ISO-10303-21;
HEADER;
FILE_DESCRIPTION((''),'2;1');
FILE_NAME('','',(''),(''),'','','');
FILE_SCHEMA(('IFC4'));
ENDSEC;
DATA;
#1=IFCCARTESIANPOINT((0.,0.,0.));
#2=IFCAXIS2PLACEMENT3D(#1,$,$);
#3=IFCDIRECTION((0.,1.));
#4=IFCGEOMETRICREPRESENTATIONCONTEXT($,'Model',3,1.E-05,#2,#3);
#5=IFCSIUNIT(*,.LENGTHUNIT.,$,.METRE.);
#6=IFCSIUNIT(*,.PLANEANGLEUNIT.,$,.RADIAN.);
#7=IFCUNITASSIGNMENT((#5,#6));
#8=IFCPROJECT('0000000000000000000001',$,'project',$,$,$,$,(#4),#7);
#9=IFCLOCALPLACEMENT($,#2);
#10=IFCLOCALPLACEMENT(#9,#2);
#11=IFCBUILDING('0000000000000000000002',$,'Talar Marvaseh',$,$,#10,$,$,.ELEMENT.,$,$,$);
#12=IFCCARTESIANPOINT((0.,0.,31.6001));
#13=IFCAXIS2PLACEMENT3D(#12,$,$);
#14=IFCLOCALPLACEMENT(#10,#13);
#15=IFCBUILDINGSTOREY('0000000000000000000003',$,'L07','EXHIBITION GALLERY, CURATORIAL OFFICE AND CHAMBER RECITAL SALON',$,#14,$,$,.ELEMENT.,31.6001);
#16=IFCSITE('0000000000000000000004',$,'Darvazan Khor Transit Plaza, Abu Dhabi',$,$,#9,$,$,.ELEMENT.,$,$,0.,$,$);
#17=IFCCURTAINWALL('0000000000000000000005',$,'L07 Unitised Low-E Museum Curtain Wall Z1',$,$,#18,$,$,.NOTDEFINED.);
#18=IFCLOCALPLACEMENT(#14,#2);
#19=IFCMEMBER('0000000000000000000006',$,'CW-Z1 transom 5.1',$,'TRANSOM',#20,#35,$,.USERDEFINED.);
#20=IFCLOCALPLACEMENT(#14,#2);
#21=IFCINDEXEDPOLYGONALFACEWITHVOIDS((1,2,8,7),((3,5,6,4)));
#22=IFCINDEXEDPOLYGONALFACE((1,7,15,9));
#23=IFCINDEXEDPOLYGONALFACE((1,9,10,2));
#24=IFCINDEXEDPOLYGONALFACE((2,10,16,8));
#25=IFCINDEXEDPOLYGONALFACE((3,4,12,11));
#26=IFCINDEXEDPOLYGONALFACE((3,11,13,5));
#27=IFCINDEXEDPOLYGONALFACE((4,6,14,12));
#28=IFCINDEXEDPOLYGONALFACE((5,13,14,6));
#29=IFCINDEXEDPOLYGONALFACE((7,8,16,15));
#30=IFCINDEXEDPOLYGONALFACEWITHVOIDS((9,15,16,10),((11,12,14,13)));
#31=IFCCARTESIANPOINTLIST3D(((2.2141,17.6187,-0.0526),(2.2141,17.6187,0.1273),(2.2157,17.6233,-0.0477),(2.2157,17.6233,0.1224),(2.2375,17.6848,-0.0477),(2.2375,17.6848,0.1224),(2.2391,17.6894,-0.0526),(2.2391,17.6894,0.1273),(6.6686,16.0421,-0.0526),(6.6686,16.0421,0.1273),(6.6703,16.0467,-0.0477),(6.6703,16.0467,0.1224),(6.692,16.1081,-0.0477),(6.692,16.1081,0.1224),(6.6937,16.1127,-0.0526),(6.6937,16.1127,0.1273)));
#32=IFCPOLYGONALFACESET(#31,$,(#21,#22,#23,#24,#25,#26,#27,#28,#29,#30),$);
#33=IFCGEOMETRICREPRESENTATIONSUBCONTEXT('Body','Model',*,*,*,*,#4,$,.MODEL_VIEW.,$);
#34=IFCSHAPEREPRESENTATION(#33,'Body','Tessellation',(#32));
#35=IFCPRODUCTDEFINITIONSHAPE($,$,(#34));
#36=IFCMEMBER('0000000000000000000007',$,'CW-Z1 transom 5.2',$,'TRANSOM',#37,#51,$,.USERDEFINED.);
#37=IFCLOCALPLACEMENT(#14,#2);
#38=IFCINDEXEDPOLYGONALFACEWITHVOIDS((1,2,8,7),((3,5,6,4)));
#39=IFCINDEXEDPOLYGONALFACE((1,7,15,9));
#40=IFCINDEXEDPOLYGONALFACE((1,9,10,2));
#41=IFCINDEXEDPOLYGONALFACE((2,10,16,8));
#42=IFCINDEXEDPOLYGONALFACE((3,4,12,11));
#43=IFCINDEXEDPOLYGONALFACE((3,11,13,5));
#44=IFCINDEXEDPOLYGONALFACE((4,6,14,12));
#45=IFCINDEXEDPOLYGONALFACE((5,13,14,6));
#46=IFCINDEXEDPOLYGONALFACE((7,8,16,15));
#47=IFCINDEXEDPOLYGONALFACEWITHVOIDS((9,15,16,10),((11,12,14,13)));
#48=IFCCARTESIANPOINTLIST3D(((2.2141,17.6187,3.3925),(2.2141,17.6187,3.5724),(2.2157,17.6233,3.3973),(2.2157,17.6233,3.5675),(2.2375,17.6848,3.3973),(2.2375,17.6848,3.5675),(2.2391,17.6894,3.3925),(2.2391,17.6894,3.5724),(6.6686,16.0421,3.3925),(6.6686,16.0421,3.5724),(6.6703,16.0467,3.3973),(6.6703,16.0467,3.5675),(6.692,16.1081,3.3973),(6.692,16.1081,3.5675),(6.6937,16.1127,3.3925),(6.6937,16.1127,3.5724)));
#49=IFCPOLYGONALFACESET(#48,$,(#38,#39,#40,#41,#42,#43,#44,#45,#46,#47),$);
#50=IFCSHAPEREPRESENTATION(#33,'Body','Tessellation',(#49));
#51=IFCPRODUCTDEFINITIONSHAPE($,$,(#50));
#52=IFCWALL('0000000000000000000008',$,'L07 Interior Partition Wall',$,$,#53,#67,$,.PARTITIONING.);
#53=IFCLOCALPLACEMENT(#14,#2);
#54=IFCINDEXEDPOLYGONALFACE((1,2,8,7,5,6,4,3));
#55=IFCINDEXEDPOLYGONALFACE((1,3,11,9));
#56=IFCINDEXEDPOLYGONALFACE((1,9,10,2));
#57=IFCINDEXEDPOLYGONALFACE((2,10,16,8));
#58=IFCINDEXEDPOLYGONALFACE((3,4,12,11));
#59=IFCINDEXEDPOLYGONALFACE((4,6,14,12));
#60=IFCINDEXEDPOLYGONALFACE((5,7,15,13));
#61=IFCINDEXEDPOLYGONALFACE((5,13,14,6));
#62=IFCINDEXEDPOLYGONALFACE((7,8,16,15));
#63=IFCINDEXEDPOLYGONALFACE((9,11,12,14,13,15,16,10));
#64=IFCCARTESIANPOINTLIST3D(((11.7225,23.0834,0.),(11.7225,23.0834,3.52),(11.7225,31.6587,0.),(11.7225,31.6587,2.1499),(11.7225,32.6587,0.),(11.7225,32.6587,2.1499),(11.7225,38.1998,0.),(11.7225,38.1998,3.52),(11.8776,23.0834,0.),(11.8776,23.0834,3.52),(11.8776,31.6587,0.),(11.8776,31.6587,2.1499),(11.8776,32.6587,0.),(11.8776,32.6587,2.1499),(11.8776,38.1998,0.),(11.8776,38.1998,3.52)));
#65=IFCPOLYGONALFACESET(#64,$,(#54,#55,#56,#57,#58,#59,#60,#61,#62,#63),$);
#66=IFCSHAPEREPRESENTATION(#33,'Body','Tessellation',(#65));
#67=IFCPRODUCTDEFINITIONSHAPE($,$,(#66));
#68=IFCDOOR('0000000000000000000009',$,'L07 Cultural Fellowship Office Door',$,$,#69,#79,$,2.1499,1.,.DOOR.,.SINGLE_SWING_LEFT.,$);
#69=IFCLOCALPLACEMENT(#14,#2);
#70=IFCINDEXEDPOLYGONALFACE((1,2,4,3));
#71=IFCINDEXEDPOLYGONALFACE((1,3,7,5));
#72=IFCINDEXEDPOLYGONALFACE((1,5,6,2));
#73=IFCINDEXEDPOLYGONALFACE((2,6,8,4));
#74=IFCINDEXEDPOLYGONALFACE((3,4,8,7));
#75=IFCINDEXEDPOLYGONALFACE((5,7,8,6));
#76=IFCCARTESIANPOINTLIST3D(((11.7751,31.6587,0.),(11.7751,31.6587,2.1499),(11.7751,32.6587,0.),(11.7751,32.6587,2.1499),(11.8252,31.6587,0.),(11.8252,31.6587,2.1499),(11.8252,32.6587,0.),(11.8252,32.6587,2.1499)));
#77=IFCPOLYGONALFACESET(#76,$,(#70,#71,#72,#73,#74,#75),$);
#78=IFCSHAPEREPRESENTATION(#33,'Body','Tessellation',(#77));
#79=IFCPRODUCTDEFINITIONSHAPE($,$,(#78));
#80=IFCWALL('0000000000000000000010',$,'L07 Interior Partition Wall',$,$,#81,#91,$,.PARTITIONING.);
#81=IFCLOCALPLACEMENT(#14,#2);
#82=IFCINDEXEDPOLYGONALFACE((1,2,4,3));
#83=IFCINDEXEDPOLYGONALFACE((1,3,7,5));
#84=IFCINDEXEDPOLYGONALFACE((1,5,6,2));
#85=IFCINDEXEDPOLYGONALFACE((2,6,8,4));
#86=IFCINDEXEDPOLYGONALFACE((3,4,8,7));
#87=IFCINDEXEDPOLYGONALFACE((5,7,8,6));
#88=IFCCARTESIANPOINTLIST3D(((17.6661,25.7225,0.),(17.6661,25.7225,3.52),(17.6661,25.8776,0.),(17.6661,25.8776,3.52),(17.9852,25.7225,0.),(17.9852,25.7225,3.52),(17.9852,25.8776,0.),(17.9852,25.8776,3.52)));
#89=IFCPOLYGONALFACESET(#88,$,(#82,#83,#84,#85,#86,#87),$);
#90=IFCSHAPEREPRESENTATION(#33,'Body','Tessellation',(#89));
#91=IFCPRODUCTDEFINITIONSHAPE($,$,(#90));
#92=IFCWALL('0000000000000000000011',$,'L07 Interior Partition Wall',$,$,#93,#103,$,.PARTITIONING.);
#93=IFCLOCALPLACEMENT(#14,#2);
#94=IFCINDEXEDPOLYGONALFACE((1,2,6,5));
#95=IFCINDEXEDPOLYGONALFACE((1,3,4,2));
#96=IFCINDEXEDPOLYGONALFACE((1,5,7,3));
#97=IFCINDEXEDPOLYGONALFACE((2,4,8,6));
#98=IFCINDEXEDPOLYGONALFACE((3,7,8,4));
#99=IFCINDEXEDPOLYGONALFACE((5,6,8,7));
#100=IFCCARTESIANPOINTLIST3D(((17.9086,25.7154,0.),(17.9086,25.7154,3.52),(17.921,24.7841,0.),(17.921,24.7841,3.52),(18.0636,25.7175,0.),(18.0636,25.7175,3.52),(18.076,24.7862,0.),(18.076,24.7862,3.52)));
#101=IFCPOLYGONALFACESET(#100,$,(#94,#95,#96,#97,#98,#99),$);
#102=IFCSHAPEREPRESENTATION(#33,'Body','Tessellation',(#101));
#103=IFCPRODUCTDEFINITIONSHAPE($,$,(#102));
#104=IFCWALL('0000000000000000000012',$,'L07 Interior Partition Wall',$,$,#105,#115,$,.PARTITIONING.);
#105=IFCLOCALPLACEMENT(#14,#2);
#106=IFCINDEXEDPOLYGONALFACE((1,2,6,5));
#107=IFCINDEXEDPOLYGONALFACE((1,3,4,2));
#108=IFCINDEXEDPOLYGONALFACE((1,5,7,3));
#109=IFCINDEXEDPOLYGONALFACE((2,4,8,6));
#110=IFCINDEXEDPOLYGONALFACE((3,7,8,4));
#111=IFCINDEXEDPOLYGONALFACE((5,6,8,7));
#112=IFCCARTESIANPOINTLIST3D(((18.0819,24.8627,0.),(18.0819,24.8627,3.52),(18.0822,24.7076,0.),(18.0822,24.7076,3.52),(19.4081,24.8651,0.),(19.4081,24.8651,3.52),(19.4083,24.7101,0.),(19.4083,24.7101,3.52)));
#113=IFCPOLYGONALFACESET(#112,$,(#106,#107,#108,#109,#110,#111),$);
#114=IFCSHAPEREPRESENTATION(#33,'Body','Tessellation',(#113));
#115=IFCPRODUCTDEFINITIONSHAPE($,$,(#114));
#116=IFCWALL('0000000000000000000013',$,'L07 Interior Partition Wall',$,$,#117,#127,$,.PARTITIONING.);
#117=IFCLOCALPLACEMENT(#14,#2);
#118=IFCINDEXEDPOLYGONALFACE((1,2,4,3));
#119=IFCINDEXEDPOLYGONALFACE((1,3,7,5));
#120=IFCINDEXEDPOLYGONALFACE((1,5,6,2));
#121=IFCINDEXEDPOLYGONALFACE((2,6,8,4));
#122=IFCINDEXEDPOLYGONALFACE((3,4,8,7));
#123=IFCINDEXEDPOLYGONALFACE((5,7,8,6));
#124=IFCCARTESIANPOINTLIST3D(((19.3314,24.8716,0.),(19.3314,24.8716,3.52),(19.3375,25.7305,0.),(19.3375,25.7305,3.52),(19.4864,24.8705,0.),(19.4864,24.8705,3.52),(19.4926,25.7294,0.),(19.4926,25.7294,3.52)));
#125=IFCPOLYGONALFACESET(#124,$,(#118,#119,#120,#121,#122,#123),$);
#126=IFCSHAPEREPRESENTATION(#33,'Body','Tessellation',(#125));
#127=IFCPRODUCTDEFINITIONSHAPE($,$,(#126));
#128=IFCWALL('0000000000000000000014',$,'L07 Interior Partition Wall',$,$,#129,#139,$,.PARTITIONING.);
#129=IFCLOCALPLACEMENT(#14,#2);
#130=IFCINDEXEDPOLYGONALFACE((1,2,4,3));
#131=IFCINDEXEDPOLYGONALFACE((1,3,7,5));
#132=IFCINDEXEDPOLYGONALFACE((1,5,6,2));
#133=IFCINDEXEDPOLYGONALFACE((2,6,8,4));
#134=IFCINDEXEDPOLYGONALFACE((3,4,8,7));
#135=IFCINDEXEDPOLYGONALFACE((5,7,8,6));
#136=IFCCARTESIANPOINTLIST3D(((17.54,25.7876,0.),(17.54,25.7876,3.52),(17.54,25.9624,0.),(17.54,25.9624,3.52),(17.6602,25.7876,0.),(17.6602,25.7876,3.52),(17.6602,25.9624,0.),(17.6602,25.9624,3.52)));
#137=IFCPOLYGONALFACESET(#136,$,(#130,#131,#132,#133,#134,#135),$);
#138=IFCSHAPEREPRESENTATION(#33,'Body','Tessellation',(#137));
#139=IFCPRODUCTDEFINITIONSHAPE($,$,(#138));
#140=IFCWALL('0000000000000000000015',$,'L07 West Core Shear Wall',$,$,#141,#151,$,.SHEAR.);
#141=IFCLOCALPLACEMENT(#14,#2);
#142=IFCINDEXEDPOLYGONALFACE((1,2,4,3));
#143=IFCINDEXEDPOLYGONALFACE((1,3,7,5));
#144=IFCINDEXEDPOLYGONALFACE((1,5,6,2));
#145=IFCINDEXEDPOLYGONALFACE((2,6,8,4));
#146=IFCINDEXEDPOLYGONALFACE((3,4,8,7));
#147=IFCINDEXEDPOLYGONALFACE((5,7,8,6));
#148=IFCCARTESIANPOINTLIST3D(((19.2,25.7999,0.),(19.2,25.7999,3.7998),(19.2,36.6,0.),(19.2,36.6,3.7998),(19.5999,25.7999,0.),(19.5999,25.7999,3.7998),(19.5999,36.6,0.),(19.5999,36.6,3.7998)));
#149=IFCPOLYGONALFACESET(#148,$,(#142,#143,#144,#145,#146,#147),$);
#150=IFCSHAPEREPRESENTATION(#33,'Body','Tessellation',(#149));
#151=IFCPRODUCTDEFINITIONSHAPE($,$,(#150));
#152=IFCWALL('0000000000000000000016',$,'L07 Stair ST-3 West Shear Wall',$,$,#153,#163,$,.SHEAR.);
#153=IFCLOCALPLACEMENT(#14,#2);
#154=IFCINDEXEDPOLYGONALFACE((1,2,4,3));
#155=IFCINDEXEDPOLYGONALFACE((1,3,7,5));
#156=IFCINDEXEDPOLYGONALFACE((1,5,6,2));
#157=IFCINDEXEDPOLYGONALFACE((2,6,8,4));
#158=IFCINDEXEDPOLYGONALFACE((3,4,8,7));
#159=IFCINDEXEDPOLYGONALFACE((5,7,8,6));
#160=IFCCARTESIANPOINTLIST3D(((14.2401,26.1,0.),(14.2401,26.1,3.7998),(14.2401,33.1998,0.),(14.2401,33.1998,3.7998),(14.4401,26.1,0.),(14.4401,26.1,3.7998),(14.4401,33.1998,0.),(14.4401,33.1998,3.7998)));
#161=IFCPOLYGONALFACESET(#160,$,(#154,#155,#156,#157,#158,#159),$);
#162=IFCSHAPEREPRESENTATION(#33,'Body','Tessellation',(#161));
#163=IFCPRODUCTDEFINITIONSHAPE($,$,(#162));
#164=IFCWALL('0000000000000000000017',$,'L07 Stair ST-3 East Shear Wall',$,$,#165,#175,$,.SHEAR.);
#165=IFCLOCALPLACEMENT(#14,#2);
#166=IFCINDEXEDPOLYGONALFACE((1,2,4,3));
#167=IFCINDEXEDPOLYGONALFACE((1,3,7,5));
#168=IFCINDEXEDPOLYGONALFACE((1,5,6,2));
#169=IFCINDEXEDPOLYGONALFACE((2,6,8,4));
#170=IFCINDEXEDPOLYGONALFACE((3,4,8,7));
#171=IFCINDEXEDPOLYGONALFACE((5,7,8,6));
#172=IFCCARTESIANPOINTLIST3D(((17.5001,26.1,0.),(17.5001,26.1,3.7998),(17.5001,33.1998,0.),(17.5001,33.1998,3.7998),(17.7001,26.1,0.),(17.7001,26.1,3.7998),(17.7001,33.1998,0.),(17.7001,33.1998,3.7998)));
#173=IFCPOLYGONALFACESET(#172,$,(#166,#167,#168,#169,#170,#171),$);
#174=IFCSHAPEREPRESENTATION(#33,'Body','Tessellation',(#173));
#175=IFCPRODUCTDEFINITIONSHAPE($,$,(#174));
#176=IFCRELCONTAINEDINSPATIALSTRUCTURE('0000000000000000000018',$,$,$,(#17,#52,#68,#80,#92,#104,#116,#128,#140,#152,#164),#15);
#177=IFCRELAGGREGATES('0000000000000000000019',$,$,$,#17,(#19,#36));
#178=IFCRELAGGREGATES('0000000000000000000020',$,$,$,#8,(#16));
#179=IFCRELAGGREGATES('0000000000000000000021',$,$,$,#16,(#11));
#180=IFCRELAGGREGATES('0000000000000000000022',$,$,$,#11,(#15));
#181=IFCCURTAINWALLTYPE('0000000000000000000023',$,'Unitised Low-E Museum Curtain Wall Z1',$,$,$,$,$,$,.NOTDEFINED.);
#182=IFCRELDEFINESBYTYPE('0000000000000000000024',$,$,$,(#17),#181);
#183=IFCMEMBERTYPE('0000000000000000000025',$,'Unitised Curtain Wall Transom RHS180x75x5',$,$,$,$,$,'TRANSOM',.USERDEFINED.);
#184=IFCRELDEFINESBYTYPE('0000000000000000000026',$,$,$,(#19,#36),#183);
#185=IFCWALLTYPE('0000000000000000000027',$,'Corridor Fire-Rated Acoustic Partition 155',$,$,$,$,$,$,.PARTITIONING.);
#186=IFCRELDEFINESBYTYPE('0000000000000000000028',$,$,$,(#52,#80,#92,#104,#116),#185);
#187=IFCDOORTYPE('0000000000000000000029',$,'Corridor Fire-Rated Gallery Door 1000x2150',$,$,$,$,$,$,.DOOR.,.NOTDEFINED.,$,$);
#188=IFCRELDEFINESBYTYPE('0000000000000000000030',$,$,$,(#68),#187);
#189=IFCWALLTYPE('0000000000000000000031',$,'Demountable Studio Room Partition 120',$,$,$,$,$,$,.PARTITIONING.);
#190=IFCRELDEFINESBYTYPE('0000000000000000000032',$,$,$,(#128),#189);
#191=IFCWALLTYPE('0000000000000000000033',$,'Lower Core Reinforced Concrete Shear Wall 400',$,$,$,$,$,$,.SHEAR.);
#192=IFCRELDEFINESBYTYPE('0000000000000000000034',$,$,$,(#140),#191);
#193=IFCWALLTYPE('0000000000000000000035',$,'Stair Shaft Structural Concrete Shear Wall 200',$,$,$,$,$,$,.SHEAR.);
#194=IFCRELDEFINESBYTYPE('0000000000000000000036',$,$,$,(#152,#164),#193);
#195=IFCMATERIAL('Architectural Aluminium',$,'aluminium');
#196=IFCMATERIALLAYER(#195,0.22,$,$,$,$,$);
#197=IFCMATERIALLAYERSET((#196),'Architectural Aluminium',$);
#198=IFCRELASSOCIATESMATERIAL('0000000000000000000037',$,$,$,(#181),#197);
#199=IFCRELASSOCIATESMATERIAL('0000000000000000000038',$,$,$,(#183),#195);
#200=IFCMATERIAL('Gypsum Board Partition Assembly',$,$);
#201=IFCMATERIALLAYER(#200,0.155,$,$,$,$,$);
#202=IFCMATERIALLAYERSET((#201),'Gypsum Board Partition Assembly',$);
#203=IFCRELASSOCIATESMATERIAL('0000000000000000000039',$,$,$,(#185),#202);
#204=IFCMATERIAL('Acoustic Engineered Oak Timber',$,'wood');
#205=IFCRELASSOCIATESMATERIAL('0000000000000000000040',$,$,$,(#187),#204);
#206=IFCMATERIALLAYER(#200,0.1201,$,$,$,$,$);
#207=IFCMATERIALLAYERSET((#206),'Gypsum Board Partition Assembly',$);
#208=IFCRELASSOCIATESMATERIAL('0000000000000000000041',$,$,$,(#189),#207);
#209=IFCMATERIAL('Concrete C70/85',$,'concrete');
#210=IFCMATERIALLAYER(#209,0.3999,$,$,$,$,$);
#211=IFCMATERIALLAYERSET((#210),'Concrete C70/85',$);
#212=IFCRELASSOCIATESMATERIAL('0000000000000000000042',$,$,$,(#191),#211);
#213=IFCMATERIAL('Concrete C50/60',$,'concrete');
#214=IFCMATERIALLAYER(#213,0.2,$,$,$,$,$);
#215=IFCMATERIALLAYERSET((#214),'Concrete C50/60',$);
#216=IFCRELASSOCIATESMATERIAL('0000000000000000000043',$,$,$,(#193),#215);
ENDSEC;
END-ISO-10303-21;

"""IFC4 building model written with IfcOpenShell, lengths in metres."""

from ifc_helpers import new_model, si_unit, direction, frame, frame_2d, origin, origin_2d, place, context, subcontext, project, spatial, rectangle, hollow_rectangle, extrude, source, transform, mapped, material, layer, layer_set, material_profile, profile_set, type_object, type_shapes, element, fill, aggregate, save


model = new_model("IFC4")

# Units and contexts
model_context = context("Model", 3, precision=1e-05, world=origin(), true_north=direction((0.0, 1.0)))
body_context = subcontext(model_context, "Body", "Model", "MODEL_VIEW")
ifc_project = project(units=[si_unit("LENGTHUNIT", "METRE"), si_unit("PLANEANGLEUNIT", "RADIAN")], contexts=[model_context])

# Site, building, storey
site_placement = place(None, origin())
site = spatial("IfcSite", under=ifc_project, at=site_placement, Name="Darvazan Khor Transit Plaza, Abu Dhabi", CompositionType="ELEMENT", RefElevation=0.0)
building_placement = place(site_placement, origin())
building = spatial("IfcBuilding", under=site, at=building_placement, Name="Talar Marvaseh", CompositionType="ELEMENT")
storey_placement = place(building_placement, frame((0.0, 0.0, 31.6001)))
storey = spatial("IfcBuildingStorey", under=building, at=storey_placement, Name="L07", Description="EXHIBITION GALLERY, CURATORIAL OFFICE AND CHAMBER RECITAL SALON", CompositionType="ELEMENT", Elevation=31.6001)

# Shared definitions
ifc_material_1 = material(Name="Concrete C70/85", Category="concrete")

# Curtain wall, members
ifc_material_2 = material(Name="Architectural Aluminium", Category="aluminium")
ifc_layer_1 = layer(ifc_material_2, 0.22)
ifc_layer_set_1 = layer_set([ifc_layer_1], Name="Architectural Aluminium")
curtain_wall_type = type_object("IfcCurtainWallType", Name="Unitised Low-E Museum Curtain Wall Z1", PredefinedType="NOTDEFINED", material=ifc_layer_set_1)
curtain_wall_placement = place(storey_placement, origin())
curtain_wall = element("IfcCurtainWall", 1, at=curtain_wall_placement, inside=storey, type_object=curtain_wall_type, Name="L07 Unitised Low-E Museum Curtain Wall Z1", PredefinedType="NOTDEFINED")
ifc_material_profile_1 = material_profile(ifc_material_2, hollow_rectangle(XDim=0.075, YDim=0.1799, WallThickness=0.0049, at=origin_2d()), Name="RHS180x75x5")
ifc_profile_set_1 = profile_set([ifc_material_profile_1], Name="Architectural Aluminium")
member_type_1 = type_object("IfcMemberType", Name="Unitised Curtain Wall Transom RHS180x75x5", ElementType="TRANSOM", PredefinedType="USERDEFINED", material=ifc_profile_set_1)
shared_shape_1 = source(origin(), body_context, "Body", "SweptSolid", [
    extrude(hollow_rectangle(XDim=0.075, YDim=0.1799, WallThickness=0.0049, at=origin_2d()), origin(), (0.0, 0.0, 1.0), 4.7253),
])
type_shapes(member_type_1, [shared_shape_1])
member_1_placement = place(storey_placement, frame((6.6812, 16.0774, 0.0374), z_axis=(-0.942694, 0.333658, 0.0), x_axis=(-0.333658, -0.942694, 0.0)))
member_1 = element("IfcMember", 2, at=member_1_placement, type_object=member_type_1, Name="CW-Z1 transom 5.1", ObjectType="TRANSOM", PredefinedType="USERDEFINED", context=body_context, shape_type="MappedRepresentation", body=[
    mapped(shared_shape_1, transform((0.0, 0.0, 0.0), x_axis=(1.0, 0.0, 0.0), y_axis=(0.0, 1.0, 0.0), z_axis=(0.0, 0.0, 1.0), scale=1.0)),
])
member_2_placement = place(storey_placement, frame((6.6812, 16.0774, 3.4824), z_axis=(-0.942694, 0.333658, 0.0), x_axis=(-0.333658, -0.942694, 0.0)))
member_2 = element("IfcMember", 3, at=member_2_placement, type_object=member_type_1, Name="CW-Z1 transom 5.2", ObjectType="TRANSOM", PredefinedType="USERDEFINED", context=body_context, shape_type="MappedRepresentation", body=[
    mapped(shared_shape_1, transform((0.0, 0.0, 0.0), x_axis=(1.0, 0.0, 0.0), y_axis=(0.0, 1.0, 0.0), z_axis=(0.0, 0.0, 1.0), scale=1.0)),
])
aggregate(curtain_wall, [member_1, member_2])

# Wall, opening, door
ifc_material_3 = material(Name="Gypsum Board Partition Assembly")
ifc_layer_2 = layer(ifc_material_3, 0.155)
ifc_layer_set_2 = layer_set([ifc_layer_2], Name="Gypsum Board Partition Assembly")
wall_type_1 = type_object("IfcWallType", Name="Corridor Fire-Rated Acoustic Partition 155", PredefinedType="PARTITIONING", material=ifc_layer_set_2)
wall_1_placement = place(storey_placement, frame((11.8, 23.0835, 0.0), z_axis=(0.0, 0.0, 1.0), x_axis=(0.0, 1.0, 0.0)))
wall_1 = element("IfcWall", 4, at=wall_1_placement, inside=storey, type_object=wall_type_1, Name="L07 Interior Partition Wall", PredefinedType="PARTITIONING", context=body_context, shape_type="SweptSolid", body=[
    extrude(rectangle(XDim=15.1165, YDim=0.155, at=frame_2d((7.5581, 0.0))), origin(), (0.0, 0.0, 1.0), 3.52),
])
opening_1_placement = place(wall_1_placement, frame((8.5752, 0.0, 0.0)))
opening_1 = element("IfcOpeningElement", 5, at=opening_1_placement, cuts=wall_1, PredefinedType="OPENING", context=body_context, shape_type="SweptSolid", body=[
    extrude(rectangle(XDim=1.0, YDim=2.1499, at=frame_2d((0.5, 1.075))), frame((0.0, 0.0874, 0.0), z_axis=(0.0, -1.0, 0.0), x_axis=(1.0, 0.0, 0.0)), (0.0, 0.0, 1.0), 0.175),
])
ifc_material_4 = material(Name="Acoustic Engineered Oak Timber", Category="wood")
door_type_1 = type_object("IfcDoorType", Name="Corridor Fire-Rated Gallery Door 1000x2150", OperationType="NOTDEFINED", PredefinedType="DOOR", material=ifc_material_4)
shared_shape_2 = source(origin(), body_context, "Body", "SweptSolid", [
    extrude(rectangle(XDim=1.0, YDim=2.1499, at=frame_2d((0.5, 1.075))), frame((0.0, 0.0249, 0.0), z_axis=(0.0, -1.0, 0.0), x_axis=(1.0, 0.0, 0.0)), (0.0, 0.0, 1.0), 0.05),
])
type_shapes(door_type_1, [shared_shape_2])
door_1_placement = place(opening_1_placement, origin())
door_1 = element("IfcDoor", 6, at=door_1_placement, inside=storey, type_object=door_type_1, Name="L07 Cultural Fellowship Office Door", OperationType="SINGLE_SWING_LEFT", OverallHeight=2.1499, OverallWidth=1.0, PredefinedType="DOOR", context=body_context, shape_type="MappedRepresentation", body=[
    mapped(shared_shape_2, transform((0.0, 0.0, 0.0), x_axis=(1.0, 0.0, 0.0), y_axis=(0.0, 1.0, 0.0), z_axis=(0.0, 0.0, 1.0), scale=1.0)),
])
fill(opening_1, door_1)

# Walls
wall_2_placement = place(storey_placement, frame((17.666, 25.8, 0.0), z_axis=(0.0, 0.0, 1.0), x_axis=(1.0, 0.0, 0.0)))
element("IfcWall", 7, at=wall_2_placement, inside=storey, type_object=wall_type_1, Name="L07 Interior Partition Wall", PredefinedType="PARTITIONING", context=body_context, shape_type="SweptSolid", body=[
    extrude(rectangle(XDim=0.3191, YDim=0.155, at=frame_2d((0.1597, 0.0))), origin(), (0.0, 0.0, 1.0), 3.52),
])
wall_3_placement = place(storey_placement, frame((17.9861, 25.7166, 0.0), z_axis=(0.0, 0.0, 1.0), x_axis=(0.013367, -0.999911, 0.0)))
element("IfcWall", 8, at=wall_3_placement, inside=storey, type_object=wall_type_1, Name="L07 Interior Partition Wall", PredefinedType="PARTITIONING", context=body_context, shape_type="SweptSolid", body=[
    extrude(rectangle(XDim=0.9314, YDim=0.155, at=frame_2d((0.4658, 0.0))), origin(), (0.0, 0.0, 1.0), 3.52),
])
wall_4_placement = place(storey_placement, frame((18.082, 24.7852, 0.0), z_axis=(0.0, 0.0, 1.0), x_axis=(0.999998, 0.001841, 0.0)))
element("IfcWall", 9, at=wall_4_placement, inside=storey, type_object=wall_type_1, Name="L07 Interior Partition Wall", PredefinedType="PARTITIONING", context=body_context, shape_type="SweptSolid", body=[
    extrude(rectangle(XDim=1.3262, YDim=0.155, at=frame_2d((0.6631, 0.0))), origin(), (0.0, 0.0, 1.0), 3.52),
])
wall_5_placement = place(storey_placement, frame((19.4089, 24.8711, 0.0), z_axis=(0.0, 0.0, 1.0), x_axis=(0.007106, 0.999975, 0.0)))
element("IfcWall", 10, at=wall_5_placement, inside=storey, type_object=wall_type_1, Name="L07 Interior Partition Wall", PredefinedType="PARTITIONING", context=body_context, shape_type="SweptSolid", body=[
    extrude(rectangle(XDim=0.8589, YDim=0.155, at=frame_2d((0.4294, 0.0))), origin(), (0.0, 0.0, 1.0), 3.52),
])
ifc_layer_3 = layer(ifc_material_3, 0.1201)
ifc_layer_set_3 = layer_set([ifc_layer_3], Name="Gypsum Board Partition Assembly")
wall_type_2 = type_object("IfcWallType", Name="Demountable Studio Room Partition 120", PredefinedType="PARTITIONING", material=ifc_layer_set_3)
wall_6_placement = place(storey_placement, frame((17.6001, 25.9624, 0.0), z_axis=(0.0, 0.0, 1.0), x_axis=(0.0, -1.0, 0.0)))
element("IfcWall", 11, at=wall_6_placement, inside=storey, type_object=wall_type_2, Name="L07 Interior Partition Wall", PredefinedType="PARTITIONING", context=body_context, shape_type="SweptSolid", body=[
    extrude(rectangle(XDim=0.1748, YDim=0.1201, at=frame_2d((0.0874, 0.0))), origin(), (0.0, 0.0, 1.0), 3.52),
])
ifc_layer_4 = layer(ifc_material_1, 0.3999)
ifc_layer_set_4 = layer_set([ifc_layer_4], Name="Concrete C70/85")
wall_type_3 = type_object("IfcWallType", Name="Lower Core Reinforced Concrete Shear Wall 400", PredefinedType="SHEAR", material=ifc_layer_set_4)
wall_7_placement = place(storey_placement, frame((19.3999, 25.8, 0.0), z_axis=(0.0, 0.0, 1.0), x_axis=(0.0, 1.0, 0.0)))
element("IfcWall", 12, at=wall_7_placement, inside=storey, type_object=wall_type_3, Name="L07 West Core Shear Wall", PredefinedType="SHEAR", context=body_context, shape_type="SweptSolid", body=[
    extrude(rectangle(XDim=10.8, YDim=0.3999, at=frame_2d((5.3999, 0.0))), origin(), (0.0, 0.0, 1.0), 3.7998),
])

# Shared definitions
ifc_material_5 = material(Name="Concrete C50/60", Category="concrete")
ifc_layer_5 = layer(ifc_material_5, 0.2)
ifc_layer_set_5 = layer_set([ifc_layer_5], Name="Concrete C50/60")
wall_type_4 = type_object("IfcWallType", Name="Stair Shaft Structural Concrete Shear Wall 200", PredefinedType="SHEAR", material=ifc_layer_set_5)

# Walls
for number, where, z_axis, x_axis, name in (
    (13, (14.3401, 26.1001, 0.0), (0.0, 0.0, 1.0), (0.0, 1.0, 0.0), "L07 Stair ST-3 West Shear Wall"),
    (14, (17.6001, 26.1001, 0.0), (0.0, 0.0, 1.0), (0.0, 1.0, 0.0), "L07 Stair ST-3 East Shear Wall"),
):
    element("IfcWall", number, at=place(storey_placement, frame(where, z_axis=z_axis, x_axis=x_axis)), inside=storey, type_object=wall_type_4, Name=name, PredefinedType="SHEAR", context=body_context, shape_type="SweptSolid", body=[
        extrude(rectangle(XDim=7.0999, YDim=0.2, at=frame_2d((3.5498, 0.0))), origin(), (0.0, 0.0, 1.0), 3.7998),
    ])

save(model, "model.ifc")
